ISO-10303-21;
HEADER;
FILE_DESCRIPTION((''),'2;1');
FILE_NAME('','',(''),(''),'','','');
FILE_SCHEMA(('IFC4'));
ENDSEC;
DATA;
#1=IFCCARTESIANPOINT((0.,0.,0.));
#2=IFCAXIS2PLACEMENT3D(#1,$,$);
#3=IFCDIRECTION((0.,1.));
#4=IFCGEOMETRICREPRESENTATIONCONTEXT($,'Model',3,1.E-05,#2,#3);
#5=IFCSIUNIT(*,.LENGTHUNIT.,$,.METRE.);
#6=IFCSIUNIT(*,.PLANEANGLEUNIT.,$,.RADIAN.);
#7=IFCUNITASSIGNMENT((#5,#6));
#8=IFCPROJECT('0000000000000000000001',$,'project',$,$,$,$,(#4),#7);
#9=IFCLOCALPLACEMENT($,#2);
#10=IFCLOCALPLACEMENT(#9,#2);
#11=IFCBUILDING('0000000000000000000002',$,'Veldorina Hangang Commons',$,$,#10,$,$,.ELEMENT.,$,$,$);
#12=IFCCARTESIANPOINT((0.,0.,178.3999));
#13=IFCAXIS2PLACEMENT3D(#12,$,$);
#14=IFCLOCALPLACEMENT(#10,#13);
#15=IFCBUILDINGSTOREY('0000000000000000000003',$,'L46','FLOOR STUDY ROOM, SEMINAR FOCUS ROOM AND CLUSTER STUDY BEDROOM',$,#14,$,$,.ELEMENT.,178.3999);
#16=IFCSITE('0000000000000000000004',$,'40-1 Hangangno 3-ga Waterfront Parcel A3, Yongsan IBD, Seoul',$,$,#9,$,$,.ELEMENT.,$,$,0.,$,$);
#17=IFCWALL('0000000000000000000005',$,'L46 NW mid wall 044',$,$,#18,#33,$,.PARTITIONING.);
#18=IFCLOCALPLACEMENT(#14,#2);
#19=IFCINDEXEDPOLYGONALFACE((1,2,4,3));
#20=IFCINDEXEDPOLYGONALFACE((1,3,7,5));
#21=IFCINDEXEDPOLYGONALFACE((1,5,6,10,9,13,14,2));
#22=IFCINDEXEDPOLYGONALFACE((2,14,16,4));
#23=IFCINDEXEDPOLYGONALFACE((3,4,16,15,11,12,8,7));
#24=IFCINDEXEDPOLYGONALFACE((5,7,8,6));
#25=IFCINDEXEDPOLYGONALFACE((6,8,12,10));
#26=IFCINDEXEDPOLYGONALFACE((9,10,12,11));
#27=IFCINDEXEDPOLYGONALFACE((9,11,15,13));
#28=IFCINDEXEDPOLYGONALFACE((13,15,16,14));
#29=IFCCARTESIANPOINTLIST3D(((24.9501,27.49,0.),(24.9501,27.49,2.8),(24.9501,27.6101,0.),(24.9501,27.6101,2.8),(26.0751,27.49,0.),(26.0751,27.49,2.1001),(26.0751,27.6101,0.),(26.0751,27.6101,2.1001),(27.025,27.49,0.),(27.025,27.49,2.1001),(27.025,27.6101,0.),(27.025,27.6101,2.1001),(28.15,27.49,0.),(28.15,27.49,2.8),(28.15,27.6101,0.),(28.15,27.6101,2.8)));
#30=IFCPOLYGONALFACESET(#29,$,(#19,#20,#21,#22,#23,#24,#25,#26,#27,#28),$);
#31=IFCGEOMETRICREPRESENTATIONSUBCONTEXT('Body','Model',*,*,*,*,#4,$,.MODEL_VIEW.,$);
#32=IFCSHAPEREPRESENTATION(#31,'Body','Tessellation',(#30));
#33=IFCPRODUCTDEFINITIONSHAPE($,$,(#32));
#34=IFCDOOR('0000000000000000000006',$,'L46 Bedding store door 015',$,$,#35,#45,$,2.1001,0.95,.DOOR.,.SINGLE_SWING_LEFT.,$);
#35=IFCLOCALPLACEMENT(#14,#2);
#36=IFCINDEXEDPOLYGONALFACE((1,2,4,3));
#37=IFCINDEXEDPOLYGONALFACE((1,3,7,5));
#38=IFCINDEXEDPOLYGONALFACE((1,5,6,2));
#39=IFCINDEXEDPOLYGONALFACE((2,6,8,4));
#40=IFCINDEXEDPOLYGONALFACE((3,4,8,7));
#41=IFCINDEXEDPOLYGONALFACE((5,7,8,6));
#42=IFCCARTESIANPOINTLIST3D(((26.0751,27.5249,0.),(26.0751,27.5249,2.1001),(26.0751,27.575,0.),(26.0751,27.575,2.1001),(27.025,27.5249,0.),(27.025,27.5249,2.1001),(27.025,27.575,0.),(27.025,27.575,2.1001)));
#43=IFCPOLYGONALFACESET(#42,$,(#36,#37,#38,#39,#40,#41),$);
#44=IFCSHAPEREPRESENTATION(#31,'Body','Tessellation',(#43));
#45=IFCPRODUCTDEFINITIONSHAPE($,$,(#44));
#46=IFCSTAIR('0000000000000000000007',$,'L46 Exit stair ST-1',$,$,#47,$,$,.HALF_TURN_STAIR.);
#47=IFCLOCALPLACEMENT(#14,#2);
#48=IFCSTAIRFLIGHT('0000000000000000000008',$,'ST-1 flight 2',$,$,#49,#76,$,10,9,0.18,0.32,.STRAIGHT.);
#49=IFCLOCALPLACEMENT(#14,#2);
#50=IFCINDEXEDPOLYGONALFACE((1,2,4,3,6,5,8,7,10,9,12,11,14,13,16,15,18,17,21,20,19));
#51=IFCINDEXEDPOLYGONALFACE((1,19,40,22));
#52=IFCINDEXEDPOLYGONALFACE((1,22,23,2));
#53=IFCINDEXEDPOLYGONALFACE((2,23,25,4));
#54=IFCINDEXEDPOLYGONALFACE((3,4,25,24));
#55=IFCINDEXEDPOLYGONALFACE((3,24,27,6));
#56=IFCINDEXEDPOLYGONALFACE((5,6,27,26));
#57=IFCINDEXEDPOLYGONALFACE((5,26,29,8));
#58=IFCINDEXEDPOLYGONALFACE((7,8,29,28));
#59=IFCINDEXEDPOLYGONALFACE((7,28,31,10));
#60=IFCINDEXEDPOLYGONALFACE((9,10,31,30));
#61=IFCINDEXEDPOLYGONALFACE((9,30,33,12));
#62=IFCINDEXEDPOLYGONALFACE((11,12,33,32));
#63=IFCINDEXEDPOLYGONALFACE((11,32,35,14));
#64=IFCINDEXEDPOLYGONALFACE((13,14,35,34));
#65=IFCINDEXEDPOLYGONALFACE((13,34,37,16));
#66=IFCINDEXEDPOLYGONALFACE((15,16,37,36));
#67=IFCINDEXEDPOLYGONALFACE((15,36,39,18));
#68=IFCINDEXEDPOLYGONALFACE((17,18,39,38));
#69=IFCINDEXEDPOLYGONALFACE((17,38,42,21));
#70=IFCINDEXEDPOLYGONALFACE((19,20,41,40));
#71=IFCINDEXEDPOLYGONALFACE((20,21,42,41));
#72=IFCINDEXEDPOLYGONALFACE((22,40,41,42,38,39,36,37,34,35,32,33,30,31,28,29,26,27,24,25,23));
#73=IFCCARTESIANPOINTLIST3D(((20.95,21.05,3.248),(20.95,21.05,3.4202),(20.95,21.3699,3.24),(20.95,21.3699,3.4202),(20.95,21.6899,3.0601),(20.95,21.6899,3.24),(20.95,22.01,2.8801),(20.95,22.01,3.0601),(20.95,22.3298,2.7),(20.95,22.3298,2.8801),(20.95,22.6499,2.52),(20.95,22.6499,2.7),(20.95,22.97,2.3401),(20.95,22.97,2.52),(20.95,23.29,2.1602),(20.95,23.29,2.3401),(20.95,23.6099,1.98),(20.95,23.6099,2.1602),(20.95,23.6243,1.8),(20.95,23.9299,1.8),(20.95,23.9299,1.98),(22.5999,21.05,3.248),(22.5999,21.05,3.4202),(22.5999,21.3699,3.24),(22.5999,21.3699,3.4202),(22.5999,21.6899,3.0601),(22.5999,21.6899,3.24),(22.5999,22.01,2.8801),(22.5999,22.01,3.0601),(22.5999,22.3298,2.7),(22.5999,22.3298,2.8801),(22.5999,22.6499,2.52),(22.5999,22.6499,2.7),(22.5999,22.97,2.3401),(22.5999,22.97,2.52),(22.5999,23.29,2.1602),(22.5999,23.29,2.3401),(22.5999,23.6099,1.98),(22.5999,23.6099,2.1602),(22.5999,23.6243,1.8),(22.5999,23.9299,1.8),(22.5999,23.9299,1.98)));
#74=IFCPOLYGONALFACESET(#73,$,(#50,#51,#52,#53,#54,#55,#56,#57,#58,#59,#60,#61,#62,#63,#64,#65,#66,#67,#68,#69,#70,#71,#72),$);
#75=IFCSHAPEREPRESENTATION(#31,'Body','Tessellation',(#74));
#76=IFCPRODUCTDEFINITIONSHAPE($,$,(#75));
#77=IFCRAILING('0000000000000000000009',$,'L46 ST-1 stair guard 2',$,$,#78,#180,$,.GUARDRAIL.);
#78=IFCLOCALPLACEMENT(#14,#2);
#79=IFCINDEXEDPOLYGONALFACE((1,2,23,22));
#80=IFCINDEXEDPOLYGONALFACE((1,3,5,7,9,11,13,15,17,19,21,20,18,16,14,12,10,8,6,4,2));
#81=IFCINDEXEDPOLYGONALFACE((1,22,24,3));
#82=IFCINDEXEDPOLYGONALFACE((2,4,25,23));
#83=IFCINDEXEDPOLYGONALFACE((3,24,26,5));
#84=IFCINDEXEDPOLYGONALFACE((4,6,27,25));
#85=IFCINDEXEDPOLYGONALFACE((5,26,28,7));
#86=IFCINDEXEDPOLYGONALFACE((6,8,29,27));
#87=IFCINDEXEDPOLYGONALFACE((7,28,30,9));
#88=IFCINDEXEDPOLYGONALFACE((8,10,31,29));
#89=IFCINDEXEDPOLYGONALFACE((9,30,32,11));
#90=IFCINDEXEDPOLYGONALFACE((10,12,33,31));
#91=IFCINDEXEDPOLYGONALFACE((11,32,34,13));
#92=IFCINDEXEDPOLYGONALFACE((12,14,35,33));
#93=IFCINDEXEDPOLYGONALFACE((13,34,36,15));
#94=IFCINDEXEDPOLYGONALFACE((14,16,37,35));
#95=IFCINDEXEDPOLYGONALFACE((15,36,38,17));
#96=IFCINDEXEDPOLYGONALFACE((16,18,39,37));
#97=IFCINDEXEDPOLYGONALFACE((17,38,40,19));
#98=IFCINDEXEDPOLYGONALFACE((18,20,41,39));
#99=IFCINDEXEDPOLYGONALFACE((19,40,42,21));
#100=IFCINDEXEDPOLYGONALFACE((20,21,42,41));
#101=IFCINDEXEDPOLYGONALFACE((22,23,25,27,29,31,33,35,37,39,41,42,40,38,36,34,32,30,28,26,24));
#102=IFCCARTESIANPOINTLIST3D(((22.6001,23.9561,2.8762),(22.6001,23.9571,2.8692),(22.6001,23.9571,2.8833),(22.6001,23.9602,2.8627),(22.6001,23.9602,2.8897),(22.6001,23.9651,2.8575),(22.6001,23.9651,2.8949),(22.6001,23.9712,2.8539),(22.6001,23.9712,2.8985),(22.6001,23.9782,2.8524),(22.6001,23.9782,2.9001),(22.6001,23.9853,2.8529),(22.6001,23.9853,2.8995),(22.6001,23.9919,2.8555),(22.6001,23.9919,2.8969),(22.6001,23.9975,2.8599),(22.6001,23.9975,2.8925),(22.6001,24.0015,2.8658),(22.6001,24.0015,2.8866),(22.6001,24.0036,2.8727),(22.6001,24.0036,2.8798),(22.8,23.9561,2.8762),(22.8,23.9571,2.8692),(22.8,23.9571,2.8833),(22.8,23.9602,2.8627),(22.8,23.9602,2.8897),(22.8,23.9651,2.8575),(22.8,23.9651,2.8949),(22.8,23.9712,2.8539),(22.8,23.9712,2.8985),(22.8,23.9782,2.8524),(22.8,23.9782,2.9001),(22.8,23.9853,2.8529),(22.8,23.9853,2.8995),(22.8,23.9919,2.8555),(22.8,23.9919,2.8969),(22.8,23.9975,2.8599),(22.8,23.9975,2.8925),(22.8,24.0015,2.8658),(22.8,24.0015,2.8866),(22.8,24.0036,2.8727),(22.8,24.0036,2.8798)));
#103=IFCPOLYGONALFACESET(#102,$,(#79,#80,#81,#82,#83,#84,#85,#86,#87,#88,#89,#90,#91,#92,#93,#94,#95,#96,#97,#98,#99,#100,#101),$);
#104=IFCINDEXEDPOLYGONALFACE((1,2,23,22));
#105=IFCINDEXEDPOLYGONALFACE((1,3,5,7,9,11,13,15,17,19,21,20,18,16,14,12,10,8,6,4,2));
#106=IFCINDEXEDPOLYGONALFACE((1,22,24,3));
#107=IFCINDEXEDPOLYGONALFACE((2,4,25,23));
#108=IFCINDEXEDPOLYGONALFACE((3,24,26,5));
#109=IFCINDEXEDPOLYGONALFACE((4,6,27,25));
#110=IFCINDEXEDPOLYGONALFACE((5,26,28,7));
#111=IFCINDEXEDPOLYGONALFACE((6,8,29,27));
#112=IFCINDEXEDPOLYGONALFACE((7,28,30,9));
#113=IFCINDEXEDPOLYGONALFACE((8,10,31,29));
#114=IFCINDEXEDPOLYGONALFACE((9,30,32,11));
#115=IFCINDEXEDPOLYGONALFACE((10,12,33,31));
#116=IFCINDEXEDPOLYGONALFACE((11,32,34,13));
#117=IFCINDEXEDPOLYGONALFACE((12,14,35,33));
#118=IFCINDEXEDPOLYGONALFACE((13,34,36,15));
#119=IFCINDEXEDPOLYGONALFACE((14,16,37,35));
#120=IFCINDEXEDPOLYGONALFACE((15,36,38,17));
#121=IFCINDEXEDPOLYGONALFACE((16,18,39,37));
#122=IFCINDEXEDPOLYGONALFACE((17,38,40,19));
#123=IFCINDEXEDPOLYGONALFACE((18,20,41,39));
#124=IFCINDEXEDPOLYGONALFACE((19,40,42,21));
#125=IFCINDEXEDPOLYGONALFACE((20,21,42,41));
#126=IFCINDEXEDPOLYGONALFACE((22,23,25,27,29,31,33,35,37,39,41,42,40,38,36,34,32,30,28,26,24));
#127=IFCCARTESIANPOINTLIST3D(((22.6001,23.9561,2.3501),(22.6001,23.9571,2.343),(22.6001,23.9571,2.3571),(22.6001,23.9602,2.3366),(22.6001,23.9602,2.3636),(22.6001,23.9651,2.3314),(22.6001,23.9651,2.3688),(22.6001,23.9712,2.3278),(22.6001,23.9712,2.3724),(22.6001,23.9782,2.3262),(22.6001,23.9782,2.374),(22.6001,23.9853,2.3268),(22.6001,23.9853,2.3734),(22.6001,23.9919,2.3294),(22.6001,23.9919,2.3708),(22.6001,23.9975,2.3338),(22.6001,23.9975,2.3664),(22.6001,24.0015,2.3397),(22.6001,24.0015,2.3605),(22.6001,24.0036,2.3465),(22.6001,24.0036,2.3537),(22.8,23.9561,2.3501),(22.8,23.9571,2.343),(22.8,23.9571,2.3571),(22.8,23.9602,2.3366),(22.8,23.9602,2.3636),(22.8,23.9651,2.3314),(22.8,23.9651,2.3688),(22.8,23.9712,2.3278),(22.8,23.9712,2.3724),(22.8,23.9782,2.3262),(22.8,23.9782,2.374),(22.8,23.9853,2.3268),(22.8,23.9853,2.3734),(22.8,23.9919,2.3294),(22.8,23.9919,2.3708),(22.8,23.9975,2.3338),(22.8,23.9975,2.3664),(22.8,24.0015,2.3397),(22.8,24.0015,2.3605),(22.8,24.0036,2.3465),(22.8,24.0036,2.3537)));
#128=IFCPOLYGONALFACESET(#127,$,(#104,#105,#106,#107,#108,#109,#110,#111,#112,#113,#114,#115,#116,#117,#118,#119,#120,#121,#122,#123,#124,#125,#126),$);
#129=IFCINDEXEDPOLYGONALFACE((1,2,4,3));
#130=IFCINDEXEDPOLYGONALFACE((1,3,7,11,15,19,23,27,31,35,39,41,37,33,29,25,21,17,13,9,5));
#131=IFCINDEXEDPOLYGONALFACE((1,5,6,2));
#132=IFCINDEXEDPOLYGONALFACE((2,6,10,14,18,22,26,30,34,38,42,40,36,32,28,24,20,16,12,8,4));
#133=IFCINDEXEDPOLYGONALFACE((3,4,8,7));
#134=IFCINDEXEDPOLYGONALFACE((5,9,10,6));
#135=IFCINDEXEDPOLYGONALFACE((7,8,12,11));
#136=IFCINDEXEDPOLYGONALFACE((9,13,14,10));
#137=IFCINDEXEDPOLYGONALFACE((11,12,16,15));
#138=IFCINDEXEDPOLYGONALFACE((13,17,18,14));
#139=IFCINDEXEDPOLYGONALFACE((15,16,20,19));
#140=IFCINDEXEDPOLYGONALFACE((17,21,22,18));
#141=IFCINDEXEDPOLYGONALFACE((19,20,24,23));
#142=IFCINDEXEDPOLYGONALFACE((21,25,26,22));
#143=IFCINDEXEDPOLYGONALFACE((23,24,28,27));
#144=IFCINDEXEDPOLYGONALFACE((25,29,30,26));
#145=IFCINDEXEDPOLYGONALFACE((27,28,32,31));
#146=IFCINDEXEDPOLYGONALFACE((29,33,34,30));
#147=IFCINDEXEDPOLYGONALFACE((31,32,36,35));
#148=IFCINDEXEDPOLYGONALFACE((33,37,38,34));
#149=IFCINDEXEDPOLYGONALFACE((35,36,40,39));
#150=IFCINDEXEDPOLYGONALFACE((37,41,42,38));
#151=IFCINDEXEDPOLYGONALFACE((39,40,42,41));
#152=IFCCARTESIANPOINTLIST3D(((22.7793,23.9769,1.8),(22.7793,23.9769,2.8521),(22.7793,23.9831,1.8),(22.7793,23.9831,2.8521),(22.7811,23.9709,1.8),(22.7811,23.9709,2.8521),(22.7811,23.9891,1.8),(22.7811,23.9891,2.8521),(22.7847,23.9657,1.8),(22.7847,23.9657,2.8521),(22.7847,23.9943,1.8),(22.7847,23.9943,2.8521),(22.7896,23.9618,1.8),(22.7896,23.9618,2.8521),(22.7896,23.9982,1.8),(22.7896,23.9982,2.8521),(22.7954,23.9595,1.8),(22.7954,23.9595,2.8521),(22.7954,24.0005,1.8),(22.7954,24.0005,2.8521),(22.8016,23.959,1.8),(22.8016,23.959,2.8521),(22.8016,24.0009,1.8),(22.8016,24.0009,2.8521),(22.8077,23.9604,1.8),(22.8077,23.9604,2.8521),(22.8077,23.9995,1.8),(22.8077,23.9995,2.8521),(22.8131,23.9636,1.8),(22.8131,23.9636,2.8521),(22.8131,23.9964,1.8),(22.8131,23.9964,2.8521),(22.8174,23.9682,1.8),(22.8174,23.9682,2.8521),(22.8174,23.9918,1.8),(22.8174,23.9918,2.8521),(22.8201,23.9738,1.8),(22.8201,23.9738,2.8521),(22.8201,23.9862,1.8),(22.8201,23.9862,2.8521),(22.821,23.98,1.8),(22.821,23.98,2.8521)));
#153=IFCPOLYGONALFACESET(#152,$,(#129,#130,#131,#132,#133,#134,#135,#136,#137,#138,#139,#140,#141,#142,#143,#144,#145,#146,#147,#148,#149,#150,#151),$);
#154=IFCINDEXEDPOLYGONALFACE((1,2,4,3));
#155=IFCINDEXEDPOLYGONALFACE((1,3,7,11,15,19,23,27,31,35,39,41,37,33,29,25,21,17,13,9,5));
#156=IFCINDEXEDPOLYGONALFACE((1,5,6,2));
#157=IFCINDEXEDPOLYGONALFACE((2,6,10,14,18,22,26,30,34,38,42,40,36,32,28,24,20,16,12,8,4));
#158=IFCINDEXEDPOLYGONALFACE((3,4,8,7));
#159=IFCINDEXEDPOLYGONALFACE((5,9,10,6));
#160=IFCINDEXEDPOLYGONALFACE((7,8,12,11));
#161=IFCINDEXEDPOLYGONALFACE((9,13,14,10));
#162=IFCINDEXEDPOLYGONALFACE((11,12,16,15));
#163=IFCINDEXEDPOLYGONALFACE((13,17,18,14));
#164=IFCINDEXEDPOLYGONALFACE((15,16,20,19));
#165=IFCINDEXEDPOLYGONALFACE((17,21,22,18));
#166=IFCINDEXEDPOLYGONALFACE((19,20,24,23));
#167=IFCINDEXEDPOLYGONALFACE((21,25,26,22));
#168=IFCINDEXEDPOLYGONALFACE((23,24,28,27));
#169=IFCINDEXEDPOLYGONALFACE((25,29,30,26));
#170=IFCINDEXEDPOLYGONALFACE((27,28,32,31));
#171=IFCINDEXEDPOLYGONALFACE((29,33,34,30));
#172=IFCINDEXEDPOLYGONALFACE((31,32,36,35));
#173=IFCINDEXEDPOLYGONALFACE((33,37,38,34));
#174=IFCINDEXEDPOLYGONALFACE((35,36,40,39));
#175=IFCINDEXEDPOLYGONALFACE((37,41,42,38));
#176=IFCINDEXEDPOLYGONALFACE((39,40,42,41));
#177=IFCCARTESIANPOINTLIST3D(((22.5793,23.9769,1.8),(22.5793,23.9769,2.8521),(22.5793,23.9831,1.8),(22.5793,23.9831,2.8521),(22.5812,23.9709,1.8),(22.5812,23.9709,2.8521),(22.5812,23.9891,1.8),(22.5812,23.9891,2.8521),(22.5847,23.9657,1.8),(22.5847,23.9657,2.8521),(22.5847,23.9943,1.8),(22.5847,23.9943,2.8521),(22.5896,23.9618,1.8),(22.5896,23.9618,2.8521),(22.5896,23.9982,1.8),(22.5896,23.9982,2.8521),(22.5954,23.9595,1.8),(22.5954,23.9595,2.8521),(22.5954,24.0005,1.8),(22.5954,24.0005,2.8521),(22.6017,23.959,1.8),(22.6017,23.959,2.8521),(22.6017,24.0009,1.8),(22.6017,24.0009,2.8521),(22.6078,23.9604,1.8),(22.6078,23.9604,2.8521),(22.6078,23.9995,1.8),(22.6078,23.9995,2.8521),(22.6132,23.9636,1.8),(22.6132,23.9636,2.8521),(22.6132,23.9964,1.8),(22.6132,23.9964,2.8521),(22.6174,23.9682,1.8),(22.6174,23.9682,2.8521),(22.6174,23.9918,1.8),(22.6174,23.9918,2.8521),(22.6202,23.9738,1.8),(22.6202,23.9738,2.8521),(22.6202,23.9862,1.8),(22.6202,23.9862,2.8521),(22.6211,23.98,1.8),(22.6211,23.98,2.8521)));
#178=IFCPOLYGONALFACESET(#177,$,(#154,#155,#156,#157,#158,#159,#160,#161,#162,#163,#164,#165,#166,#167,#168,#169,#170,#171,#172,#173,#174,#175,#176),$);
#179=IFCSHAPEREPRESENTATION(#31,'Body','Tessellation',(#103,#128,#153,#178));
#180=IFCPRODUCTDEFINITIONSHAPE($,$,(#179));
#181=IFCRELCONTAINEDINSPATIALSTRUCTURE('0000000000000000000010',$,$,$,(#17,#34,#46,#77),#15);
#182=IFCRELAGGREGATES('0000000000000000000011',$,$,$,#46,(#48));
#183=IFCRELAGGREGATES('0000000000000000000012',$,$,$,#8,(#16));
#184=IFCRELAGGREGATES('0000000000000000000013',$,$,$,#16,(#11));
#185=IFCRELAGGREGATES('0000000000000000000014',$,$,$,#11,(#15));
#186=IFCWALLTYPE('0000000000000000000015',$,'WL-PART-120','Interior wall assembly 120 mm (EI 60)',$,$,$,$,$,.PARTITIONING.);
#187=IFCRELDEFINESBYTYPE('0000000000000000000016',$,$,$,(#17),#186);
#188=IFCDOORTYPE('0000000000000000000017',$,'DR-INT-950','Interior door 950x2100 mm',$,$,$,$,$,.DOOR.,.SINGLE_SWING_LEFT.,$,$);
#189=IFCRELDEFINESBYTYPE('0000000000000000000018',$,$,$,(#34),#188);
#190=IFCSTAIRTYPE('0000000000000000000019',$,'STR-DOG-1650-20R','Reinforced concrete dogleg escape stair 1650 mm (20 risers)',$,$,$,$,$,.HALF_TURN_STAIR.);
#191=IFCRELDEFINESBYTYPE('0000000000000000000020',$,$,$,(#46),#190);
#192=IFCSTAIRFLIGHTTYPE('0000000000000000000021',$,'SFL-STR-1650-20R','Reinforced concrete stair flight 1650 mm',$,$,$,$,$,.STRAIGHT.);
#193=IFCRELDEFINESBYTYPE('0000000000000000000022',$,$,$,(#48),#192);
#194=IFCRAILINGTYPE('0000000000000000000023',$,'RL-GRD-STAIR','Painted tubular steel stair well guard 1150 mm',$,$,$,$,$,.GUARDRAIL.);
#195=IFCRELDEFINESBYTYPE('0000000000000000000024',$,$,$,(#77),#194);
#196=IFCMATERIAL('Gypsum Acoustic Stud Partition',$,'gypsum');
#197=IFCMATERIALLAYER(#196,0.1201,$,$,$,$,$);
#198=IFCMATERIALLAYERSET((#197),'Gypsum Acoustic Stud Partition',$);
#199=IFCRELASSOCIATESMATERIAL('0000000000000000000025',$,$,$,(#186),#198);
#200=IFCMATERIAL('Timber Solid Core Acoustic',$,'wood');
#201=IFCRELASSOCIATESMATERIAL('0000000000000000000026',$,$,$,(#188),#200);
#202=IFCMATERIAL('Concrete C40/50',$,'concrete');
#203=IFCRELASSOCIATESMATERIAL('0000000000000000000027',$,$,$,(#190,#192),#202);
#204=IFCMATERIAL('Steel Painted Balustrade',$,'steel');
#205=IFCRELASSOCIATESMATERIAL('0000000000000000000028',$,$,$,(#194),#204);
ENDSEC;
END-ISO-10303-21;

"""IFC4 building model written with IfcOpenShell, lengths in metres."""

from ifc_helpers import new_model, si_unit, direction, frame, frame_2d, origin, origin_2d, place, context, subcontext, project, spatial, polyline, rectangle, circle, outline, extrude, material, layer, layer_set, type_object, element, fill, aggregate, save


model = new_model("IFC4")

# Units and contexts
model_context = context("Model", 3, precision=1e-05, world=origin(), true_north=direction((0.0, 1.0)))
body_context = subcontext(model_context, "Body", "Model", "MODEL_VIEW")
ifc_project = project(units=[si_unit("LENGTHUNIT", "METRE"), si_unit("PLANEANGLEUNIT", "RADIAN")], contexts=[model_context])

# Site, building, storey
site_placement = place(None, origin())
site = spatial("IfcSite", under=ifc_project, at=site_placement, Name="40-1 Hangangno 3-ga Waterfront Parcel A3, Yongsan IBD, Seoul", CompositionType="ELEMENT", RefElevation=0.0)
building_placement = place(site_placement, origin())
building = spatial("IfcBuilding", under=site, at=building_placement, Name="Veldorina Hangang Commons", CompositionType="ELEMENT")
storey_placement = place(building_placement, frame((0.0, 0.0, 178.3999)))
storey = spatial("IfcBuildingStorey", under=building, at=storey_placement, Name="L46", Description="FLOOR STUDY ROOM, SEMINAR FOCUS ROOM AND CLUSTER STUDY BEDROOM", CompositionType="ELEMENT", Elevation=178.3999)

# Shared definitions
ifc_material_1 = material(Name="Gypsum Acoustic Stud Partition", Category="gypsum")
ifc_layer_1 = layer(ifc_material_1, 0.1201)
ifc_layer_set_1 = layer_set([ifc_layer_1], Name="Gypsum Acoustic Stud Partition")
wall_type_1 = type_object("IfcWallType", Name="WL-PART-120", Description="Interior wall assembly 120 mm (EI 60)", PredefinedType="PARTITIONING", material=ifc_layer_set_1)

# Wall, opening, door
ifc_material_2 = material(Name="Timber Solid Core Acoustic", Category="wood")
door_type_1 = type_object("IfcDoorType", Name="DR-INT-950", Description="Interior door 950x2100 mm", OperationType="SINGLE_SWING_LEFT", PredefinedType="DOOR", material=ifc_material_2)
wall_1_placement = place(storey_placement, frame((24.95, 27.55, 0.0), z_axis=(0.0, 0.0, 1.0), x_axis=(1.0, 0.0, 0.0)))
wall_1 = element("IfcWall", 1, at=wall_1_placement, inside=storey, type_object=wall_type_1, Name="L46 NW mid wall 044", PredefinedType="PARTITIONING", context=body_context, shape_type="SweptSolid", body=[
    extrude(rectangle(XDim=3.2, YDim=0.1201, at=frame_2d((1.6001, 0.0))), origin(), (0.0, 0.0, 1.0), 2.8),
])
opening_1_placement = place(wall_1_placement, frame((1.125, 0.0, 0.0)))
opening_1 = element("IfcOpeningElement", 2, at=opening_1_placement, cuts=wall_1, PredefinedType="OPENING", context=body_context, shape_type="SweptSolid", body=[
    extrude(rectangle(XDim=0.95, YDim=2.1001, at=frame_2d((0.4751, 1.05))), frame((0.0, 0.0701, 0.0), z_axis=(0.0, -1.0, 0.0), x_axis=(1.0, 0.0, 0.0)), (0.0, 0.0, 1.0), 0.1401),
])
door_1_placement = place(opening_1_placement, origin())
door_1 = element("IfcDoor", 3, at=door_1_placement, inside=storey, type_object=door_type_1, Name="L46 Bedding store door 015", OperationType="SINGLE_SWING_LEFT", OverallHeight=2.1001, OverallWidth=0.95, PredefinedType="DOOR", context=body_context, shape_type="SweptSolid", body=[
    extrude(rectangle(XDim=0.95, YDim=2.1001, at=frame_2d((0.4751, 1.05))), frame((0.0, 0.0249, 0.0), z_axis=(0.0, -1.0, 0.0), x_axis=(1.0, 0.0, 0.0)), (0.0, 0.0, 1.0), 0.05),
])
fill(opening_1, door_1)

# Stair, stair flight
ifc_material_3 = material(Name="Concrete C40/50", Category="concrete")
stair_type = type_object("IfcStairType", Name="STR-DOG-1650-20R", Description="Reinforced concrete dogleg escape stair 1650 mm (20 risers)", PredefinedType="HALF_TURN_STAIR", material=ifc_material_3)
stair_placement = place(storey_placement, origin())
stair = element("IfcStair", 4, at=stair_placement, inside=storey, type_object=stair_type, Name="L46 Exit stair ST-1", PredefinedType="HALF_TURN_STAIR")
stair_flight_type = type_object("IfcStairFlightType", Name="SFL-STR-1650-20R", Description="Reinforced concrete stair flight 1650 mm", PredefinedType="STRAIGHT", material=ifc_material_3)
stair_flight_placement = place(storey_placement, frame((21.7749, 23.9299, 1.8), z_axis=(0.0, 0.0, 1.0), x_axis=(0.0, -1.0, 0.0)))
stair_flight = element("IfcStairFlight", 5, at=stair_flight_placement, type_object=stair_flight_type, Name="ST-1 flight 2", NumberOfRisers=10, NumberOfTreads=9, PredefinedType="STRAIGHT", RiserHeight=0.18, TreadLength=0.32, context=body_context, shape_type="SweptSolid", body=[
    extrude(outline(polyline([(0.0, 0.0), (0.0, 0.1799), (0.3201, 0.1799), (0.3201, 0.3601), (0.6399, 0.3601), (0.6399, 0.54), (0.96, 0.54), (0.96, 0.72), (1.28, 0.72), (1.28, 0.8999), (1.6001, 0.8999), (1.6001, 1.0801), (1.9199, 1.0801), (1.9199, 1.26), (2.24, 1.26), (2.24, 1.4399), (2.5601, 1.4399), (2.5601, 1.6201), (2.8799, 1.6201), (2.8799, 1.8), (2.8799, 1.448), (0.3057, 0.0), (0.0, 0.0)])), frame((0.0, 0.825, 0.0), z_axis=(0.0, -1.0, 0.0), x_axis=(1.0, 0.0, 0.0)), (0.0, 0.0, 1.0), 1.6499),
])
aggregate(stair, [stair_flight])

# Railing
ifc_material_4 = material(Name="Steel Painted Balustrade", Category="steel")
railing_type_1 = type_object("IfcRailingType", Name="RL-GRD-STAIR", Description="Painted tubular steel stair well guard 1150 mm", PredefinedType="GUARDRAIL", material=ifc_material_4)
railing_1_placement = place(storey_placement, frame((22.8, 23.98, 1.8)))
element("IfcRailing", 6, at=railing_1_placement, inside=storey, type_object=railing_type_1, Name="L46 ST-1 stair guard 2", PredefinedType="GUARDRAIL", context=body_context, shape_type="SweptSolid", body=[
    extrude(circle(Radius=0.0239, at=origin_2d()), frame((0.0, 0.0, 1.0762), z_axis=(-1.0, 0.0, 0.0), x_axis=(0.0, -1.0, 0.0)), (0.0, 0.0, 1.0), 0.2),
    extrude(circle(Radius=0.0239, at=origin_2d()), frame((0.0, 0.0, 0.55), z_axis=(-1.0, 0.0, 0.0), x_axis=(0.0, -1.0, 0.0)), (0.0, 0.0, 1.0), 0.2),
    extrude(circle(Radius=0.021, at=origin_2d()), origin(), (0.0, 0.0, 1.0), 1.052),
    extrude(circle(Radius=0.021, at=origin_2d()), frame((-0.2, 0.0, 0.0)), (0.0, 0.0, 1.0), 1.052),
])

save(model, "model.ifc")
